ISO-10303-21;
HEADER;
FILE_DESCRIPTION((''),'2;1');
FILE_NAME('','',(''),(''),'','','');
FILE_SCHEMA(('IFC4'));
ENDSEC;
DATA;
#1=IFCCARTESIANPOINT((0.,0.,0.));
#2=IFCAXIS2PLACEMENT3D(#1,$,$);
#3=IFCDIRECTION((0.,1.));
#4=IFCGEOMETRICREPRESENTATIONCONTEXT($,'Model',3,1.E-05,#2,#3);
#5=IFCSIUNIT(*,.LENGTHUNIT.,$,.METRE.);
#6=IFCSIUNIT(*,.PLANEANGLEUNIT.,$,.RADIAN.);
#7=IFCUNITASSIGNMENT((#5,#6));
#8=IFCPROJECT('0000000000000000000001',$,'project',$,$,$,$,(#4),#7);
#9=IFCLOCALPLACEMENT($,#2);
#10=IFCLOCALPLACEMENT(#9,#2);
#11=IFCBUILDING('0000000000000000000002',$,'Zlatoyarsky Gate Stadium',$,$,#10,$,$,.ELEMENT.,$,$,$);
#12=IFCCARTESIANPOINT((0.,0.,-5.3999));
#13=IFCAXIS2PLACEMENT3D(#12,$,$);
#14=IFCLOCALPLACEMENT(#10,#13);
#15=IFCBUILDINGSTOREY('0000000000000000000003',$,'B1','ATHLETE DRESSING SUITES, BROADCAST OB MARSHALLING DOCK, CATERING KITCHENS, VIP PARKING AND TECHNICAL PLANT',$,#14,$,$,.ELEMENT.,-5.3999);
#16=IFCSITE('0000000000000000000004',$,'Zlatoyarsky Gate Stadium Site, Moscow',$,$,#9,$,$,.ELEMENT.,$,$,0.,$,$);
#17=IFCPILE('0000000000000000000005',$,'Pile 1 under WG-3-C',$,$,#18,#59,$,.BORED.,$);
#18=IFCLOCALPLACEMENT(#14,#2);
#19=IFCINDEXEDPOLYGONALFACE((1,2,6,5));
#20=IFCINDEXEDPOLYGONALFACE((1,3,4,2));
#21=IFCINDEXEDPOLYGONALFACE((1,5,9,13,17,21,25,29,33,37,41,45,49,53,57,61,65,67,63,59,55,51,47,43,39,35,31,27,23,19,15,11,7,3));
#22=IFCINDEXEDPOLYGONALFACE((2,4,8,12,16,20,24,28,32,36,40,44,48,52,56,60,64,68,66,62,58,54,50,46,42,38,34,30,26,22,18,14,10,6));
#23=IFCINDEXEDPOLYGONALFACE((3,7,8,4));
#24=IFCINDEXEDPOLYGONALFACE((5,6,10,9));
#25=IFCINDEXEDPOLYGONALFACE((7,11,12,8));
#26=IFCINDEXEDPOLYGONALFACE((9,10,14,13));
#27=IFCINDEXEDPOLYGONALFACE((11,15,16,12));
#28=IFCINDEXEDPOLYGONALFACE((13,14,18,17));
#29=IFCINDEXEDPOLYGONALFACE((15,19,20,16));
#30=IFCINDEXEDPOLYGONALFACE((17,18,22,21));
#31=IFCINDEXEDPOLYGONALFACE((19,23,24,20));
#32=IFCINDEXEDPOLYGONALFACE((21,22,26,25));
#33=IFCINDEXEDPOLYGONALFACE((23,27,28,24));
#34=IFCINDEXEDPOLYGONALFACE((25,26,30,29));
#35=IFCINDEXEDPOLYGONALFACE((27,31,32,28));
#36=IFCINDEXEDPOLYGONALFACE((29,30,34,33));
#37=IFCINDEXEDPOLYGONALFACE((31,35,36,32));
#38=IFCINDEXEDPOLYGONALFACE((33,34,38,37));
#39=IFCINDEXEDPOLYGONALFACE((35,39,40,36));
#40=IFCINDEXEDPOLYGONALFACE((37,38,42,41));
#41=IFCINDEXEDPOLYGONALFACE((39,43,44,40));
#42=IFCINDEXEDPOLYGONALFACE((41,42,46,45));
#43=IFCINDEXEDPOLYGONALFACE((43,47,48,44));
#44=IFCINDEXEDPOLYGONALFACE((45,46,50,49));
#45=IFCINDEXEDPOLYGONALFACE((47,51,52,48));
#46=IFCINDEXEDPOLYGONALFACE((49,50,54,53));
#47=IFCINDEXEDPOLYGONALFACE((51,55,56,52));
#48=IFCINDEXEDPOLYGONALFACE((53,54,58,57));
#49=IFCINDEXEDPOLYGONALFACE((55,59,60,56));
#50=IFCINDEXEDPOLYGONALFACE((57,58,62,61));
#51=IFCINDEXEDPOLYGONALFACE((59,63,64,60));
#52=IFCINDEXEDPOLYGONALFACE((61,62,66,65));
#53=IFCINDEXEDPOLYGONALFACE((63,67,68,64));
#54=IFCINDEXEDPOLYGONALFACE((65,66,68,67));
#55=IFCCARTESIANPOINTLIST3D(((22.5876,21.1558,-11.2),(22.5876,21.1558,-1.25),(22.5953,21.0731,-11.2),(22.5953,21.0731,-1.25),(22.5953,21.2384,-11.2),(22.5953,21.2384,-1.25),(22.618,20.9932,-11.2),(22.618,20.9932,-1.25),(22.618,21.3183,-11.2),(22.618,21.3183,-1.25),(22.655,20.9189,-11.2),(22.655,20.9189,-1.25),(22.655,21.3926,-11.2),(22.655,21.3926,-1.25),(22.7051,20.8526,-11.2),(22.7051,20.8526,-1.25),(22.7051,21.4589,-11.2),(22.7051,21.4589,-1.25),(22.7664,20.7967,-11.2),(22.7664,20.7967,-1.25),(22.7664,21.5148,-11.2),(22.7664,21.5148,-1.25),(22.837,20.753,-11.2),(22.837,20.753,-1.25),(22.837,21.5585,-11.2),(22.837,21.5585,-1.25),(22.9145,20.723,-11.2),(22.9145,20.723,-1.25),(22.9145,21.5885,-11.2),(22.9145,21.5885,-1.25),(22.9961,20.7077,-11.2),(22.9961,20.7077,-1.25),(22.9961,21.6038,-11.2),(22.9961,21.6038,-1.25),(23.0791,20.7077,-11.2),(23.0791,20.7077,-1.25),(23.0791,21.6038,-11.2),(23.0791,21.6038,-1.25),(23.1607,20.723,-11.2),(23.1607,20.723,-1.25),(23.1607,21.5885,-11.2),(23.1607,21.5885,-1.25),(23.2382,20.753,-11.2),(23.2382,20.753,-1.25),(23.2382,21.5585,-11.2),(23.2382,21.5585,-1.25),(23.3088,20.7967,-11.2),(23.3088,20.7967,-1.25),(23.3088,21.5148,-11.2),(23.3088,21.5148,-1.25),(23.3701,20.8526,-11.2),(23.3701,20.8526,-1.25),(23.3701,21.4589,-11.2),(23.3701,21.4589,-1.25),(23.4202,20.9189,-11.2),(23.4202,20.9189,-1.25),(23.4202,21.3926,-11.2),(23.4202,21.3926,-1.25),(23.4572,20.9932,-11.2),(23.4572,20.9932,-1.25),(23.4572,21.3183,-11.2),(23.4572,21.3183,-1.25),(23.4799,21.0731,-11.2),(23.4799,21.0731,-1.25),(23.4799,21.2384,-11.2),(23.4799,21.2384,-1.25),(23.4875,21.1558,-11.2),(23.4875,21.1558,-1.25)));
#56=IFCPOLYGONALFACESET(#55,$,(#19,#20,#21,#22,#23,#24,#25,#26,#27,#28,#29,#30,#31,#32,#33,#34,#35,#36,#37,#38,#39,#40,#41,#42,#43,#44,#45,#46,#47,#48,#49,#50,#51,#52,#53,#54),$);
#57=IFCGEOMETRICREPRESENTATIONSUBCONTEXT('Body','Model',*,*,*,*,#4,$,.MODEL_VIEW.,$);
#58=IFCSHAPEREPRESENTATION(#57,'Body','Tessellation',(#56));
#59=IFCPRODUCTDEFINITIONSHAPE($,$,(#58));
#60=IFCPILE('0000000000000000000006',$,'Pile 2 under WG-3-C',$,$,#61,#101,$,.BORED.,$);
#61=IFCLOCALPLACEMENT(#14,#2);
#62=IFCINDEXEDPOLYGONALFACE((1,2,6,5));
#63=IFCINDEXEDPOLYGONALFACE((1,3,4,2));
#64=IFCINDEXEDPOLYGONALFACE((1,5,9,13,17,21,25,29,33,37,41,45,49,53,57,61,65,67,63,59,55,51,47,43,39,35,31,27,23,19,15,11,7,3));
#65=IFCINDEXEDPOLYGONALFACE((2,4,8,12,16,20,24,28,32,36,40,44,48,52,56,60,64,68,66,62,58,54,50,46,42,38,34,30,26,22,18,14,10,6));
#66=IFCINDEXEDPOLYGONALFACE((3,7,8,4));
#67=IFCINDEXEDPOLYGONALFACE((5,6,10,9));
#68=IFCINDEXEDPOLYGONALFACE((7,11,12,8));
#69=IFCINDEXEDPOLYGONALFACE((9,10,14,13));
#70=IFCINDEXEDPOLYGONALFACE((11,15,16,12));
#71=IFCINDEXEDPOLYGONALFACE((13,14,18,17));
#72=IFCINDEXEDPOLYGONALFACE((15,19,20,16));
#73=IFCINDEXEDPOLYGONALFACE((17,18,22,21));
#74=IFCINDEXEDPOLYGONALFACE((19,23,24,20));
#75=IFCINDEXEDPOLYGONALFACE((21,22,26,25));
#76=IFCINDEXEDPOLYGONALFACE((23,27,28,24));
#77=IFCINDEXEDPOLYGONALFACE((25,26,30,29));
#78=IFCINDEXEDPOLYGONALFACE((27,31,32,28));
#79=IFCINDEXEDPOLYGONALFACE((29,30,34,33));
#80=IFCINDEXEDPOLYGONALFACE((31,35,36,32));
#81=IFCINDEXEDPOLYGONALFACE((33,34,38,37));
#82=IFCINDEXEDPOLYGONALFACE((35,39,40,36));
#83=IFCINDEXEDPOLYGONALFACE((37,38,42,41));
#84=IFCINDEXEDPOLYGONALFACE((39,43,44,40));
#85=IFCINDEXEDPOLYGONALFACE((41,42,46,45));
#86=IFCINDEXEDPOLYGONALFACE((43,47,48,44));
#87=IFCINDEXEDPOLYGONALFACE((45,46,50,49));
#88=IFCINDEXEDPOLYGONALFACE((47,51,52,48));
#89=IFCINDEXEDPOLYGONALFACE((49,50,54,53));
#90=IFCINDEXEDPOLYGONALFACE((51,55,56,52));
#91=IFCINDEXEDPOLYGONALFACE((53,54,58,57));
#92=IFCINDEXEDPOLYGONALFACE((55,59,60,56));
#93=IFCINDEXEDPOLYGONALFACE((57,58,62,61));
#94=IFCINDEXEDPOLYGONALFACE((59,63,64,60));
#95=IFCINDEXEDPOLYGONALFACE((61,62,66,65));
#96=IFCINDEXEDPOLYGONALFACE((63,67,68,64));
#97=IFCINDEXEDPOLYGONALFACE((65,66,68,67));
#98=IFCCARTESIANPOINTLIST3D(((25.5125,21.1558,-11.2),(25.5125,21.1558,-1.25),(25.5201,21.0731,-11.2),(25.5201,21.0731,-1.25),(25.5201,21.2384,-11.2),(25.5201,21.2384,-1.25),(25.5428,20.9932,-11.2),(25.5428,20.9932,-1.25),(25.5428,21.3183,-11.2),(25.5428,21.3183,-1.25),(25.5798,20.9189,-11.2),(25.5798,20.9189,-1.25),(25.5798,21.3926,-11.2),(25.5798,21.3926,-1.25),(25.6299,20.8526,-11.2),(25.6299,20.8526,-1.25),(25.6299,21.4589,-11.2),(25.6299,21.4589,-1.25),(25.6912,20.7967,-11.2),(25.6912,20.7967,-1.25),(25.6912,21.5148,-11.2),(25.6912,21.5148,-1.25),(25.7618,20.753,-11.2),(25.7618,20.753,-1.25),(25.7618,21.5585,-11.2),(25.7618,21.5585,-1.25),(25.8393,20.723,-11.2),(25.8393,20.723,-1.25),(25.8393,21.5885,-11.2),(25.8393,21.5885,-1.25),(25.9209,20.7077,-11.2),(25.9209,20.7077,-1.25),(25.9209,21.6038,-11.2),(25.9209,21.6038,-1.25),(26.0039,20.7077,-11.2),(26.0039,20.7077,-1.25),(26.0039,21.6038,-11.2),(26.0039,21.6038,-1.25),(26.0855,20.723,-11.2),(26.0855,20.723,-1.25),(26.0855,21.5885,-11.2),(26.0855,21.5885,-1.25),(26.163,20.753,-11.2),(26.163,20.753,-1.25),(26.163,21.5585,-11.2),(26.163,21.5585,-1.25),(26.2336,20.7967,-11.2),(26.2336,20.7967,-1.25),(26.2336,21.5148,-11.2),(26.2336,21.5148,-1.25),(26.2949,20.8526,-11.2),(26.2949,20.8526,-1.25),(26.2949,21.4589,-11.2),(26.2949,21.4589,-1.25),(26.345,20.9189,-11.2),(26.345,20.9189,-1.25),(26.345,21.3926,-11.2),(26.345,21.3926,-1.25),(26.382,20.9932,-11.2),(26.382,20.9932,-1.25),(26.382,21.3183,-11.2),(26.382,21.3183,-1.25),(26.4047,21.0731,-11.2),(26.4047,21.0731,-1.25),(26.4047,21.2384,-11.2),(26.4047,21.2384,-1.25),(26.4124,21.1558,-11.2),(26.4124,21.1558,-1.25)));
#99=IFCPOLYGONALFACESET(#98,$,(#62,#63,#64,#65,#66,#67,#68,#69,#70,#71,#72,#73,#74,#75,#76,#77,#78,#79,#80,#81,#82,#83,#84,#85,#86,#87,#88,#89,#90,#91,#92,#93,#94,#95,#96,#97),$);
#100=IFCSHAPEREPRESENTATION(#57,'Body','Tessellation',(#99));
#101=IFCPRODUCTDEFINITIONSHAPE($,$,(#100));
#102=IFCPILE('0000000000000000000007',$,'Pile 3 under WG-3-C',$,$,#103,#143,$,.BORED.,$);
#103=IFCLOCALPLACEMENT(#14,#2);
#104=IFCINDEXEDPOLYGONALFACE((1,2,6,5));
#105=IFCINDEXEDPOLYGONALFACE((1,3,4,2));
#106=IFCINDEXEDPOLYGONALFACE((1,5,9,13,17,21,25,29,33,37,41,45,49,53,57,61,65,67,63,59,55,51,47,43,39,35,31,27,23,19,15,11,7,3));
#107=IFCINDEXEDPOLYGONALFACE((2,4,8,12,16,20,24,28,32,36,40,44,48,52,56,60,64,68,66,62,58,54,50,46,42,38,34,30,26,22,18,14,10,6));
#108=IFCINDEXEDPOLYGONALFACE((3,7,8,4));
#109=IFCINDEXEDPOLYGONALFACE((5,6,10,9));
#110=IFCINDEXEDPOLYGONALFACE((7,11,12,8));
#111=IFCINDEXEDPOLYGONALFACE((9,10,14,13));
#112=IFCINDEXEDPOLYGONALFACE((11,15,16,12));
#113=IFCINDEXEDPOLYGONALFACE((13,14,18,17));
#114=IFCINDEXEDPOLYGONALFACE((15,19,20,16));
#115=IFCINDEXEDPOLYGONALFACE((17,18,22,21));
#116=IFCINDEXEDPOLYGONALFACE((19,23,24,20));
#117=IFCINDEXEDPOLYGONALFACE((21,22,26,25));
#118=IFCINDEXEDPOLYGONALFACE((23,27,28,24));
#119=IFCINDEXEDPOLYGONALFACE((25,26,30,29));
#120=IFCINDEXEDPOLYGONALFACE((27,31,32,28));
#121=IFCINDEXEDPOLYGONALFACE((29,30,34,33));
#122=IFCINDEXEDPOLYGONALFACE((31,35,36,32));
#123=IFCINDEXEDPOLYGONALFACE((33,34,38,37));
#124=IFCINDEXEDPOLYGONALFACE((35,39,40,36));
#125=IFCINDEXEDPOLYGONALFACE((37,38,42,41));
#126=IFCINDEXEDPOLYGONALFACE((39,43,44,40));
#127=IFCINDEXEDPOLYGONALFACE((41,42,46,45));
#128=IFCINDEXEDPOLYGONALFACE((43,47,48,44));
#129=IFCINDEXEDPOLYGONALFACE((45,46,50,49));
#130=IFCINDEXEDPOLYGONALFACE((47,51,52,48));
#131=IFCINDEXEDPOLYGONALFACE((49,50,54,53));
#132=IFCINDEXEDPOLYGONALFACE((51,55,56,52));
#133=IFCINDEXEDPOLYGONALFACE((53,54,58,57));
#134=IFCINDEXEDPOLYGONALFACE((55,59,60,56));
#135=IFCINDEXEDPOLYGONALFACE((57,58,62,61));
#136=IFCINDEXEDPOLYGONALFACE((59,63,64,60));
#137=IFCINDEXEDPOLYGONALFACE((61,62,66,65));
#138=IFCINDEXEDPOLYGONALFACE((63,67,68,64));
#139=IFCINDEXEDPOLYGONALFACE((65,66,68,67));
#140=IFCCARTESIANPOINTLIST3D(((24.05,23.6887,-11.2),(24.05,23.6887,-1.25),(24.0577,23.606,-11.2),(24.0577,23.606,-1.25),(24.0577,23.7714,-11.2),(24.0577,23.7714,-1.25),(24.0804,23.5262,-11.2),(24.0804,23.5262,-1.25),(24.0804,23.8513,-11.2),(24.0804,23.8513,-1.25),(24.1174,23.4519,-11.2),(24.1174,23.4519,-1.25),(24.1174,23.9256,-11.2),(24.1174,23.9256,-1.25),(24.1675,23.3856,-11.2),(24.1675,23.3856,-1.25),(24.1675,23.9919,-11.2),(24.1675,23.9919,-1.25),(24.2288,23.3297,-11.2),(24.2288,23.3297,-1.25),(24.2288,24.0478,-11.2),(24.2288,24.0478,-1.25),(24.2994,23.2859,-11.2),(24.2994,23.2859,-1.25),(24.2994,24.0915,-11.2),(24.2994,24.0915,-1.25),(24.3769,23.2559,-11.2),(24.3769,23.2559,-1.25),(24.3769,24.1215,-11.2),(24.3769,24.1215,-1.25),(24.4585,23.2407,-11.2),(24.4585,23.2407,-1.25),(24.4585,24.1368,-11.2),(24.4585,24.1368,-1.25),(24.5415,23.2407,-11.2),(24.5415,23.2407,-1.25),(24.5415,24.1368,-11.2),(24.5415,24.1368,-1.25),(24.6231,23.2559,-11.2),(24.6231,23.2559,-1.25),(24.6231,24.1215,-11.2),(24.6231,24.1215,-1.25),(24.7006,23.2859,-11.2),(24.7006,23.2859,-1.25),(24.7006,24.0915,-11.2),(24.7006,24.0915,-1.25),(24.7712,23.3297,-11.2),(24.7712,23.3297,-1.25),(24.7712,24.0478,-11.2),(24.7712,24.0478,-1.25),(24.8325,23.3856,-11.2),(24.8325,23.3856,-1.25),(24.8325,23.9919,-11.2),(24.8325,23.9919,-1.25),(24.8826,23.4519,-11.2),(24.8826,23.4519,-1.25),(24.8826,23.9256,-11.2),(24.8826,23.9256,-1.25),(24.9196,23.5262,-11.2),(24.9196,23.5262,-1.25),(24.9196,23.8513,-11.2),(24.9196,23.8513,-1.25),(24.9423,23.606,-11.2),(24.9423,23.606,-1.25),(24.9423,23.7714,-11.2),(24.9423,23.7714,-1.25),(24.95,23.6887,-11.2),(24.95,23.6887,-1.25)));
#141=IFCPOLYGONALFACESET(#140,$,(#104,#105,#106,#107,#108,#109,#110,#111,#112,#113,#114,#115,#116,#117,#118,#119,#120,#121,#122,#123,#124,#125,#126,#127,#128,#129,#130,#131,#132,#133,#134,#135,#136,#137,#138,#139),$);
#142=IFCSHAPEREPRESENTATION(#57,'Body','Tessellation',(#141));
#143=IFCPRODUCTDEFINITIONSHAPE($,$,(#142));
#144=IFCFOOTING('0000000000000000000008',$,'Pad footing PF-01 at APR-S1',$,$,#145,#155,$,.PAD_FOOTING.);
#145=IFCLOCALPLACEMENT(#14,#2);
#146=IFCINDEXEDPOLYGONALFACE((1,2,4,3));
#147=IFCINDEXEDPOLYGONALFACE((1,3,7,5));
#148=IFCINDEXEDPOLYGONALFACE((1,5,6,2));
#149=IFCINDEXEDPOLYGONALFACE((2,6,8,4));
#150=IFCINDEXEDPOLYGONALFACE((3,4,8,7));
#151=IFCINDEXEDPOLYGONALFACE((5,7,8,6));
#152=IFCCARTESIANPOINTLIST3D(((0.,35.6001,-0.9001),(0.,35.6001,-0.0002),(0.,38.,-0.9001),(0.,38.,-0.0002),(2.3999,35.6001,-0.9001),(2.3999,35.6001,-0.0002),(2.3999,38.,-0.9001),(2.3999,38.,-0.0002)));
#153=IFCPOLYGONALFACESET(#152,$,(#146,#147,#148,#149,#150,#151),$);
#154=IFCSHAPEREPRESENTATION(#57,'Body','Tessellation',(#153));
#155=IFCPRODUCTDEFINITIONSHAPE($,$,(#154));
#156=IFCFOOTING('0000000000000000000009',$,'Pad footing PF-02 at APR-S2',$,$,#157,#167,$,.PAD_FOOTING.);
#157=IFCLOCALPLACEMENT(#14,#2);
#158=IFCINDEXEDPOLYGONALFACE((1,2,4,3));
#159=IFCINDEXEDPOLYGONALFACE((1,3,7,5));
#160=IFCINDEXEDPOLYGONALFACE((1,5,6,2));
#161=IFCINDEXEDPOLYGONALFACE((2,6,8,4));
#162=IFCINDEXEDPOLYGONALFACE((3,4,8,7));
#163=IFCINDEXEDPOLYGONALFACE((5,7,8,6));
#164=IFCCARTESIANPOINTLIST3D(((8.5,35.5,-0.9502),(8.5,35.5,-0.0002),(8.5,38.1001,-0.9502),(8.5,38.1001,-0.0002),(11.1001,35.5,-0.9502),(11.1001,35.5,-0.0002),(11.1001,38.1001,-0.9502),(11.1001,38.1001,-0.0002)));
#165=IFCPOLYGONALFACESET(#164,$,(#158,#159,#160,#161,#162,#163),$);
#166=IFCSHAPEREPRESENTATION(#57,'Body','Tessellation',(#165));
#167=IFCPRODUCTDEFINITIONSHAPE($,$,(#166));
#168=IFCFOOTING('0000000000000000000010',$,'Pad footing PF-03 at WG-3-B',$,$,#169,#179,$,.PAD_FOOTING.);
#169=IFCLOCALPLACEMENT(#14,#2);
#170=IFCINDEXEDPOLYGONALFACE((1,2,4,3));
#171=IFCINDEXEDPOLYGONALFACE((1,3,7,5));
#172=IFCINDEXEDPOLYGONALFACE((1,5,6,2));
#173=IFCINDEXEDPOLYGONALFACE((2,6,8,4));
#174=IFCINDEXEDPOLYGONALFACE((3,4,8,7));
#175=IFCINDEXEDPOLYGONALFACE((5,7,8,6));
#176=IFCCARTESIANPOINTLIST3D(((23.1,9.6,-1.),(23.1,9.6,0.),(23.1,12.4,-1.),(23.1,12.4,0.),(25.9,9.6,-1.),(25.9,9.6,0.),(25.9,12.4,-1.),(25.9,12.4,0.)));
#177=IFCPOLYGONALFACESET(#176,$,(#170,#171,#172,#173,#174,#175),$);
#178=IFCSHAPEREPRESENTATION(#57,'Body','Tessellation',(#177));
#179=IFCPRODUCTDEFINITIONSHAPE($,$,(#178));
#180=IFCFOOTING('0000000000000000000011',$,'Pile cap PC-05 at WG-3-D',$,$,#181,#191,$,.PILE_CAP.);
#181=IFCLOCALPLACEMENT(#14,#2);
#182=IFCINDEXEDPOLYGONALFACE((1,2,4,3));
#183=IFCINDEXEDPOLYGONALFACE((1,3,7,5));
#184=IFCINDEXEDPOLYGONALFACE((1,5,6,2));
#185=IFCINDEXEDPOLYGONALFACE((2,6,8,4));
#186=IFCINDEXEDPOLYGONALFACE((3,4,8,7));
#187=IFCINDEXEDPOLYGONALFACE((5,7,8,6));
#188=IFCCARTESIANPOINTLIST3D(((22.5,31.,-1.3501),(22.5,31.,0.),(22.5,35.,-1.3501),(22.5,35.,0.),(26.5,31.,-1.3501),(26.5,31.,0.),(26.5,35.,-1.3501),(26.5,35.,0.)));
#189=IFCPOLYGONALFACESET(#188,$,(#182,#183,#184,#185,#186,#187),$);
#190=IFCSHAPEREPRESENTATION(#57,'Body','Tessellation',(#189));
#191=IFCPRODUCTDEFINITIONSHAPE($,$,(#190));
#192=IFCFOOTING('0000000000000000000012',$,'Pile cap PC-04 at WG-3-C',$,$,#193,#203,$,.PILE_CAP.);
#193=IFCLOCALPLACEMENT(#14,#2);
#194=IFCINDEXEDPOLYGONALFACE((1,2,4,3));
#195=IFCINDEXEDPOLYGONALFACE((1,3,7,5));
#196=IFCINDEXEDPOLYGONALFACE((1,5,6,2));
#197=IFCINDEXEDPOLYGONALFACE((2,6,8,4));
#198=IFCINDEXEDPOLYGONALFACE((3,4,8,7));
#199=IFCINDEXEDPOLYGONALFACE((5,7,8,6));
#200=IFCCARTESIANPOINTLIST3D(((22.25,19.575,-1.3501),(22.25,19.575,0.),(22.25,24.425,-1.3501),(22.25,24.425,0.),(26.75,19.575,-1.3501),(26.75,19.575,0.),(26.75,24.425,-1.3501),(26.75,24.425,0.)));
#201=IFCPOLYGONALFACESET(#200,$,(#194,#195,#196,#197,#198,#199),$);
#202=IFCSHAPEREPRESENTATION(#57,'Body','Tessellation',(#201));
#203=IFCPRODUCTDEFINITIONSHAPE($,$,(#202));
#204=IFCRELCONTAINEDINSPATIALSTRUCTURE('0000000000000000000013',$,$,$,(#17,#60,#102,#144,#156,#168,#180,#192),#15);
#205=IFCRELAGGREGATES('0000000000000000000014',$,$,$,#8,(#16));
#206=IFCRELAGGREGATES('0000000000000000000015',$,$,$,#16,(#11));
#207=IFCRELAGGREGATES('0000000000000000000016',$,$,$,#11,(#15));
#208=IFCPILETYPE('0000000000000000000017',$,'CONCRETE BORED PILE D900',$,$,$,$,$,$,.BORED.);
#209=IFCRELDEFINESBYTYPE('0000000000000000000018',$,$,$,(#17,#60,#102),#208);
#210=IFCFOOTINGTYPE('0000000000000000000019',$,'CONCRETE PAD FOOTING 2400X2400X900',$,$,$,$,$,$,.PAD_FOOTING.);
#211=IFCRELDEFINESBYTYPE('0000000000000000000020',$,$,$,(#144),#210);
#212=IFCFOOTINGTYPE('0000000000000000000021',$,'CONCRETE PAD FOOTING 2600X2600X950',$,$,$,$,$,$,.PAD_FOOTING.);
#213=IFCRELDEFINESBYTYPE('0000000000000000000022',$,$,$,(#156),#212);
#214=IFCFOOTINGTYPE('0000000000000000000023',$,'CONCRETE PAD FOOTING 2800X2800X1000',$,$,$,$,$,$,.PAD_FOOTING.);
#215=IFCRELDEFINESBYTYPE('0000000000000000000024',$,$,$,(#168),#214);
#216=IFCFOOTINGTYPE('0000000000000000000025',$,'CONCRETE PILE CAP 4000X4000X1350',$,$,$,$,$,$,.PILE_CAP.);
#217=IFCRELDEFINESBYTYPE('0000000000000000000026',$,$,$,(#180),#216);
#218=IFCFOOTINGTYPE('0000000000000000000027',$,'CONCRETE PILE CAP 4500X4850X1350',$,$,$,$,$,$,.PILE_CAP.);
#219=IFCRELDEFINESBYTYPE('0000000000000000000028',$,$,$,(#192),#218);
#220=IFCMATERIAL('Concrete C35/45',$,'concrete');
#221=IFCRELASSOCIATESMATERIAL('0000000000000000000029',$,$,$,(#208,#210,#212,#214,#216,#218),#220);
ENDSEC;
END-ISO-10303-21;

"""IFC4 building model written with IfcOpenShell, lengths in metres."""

from ifc_helpers import new_model, si_unit, direction, frame, origin, origin_2d, place, context, subcontext, project, spatial, rectangle, circle, extrude, material, material_profile, profile_set, type_object, element, save


model = new_model("IFC4")

# Units and contexts
model_context = context("Model", 3, precision=1e-05, world=origin(), true_north=direction((0.0, 1.0)))
body_context = subcontext(model_context, "Body", "Model", "MODEL_VIEW")
ifc_project = project(units=[si_unit("LENGTHUNIT", "METRE"), si_unit("PLANEANGLEUNIT", "RADIAN")], contexts=[model_context])

# Site, building, storey
site_placement = place(None, origin())
site = spatial("IfcSite", under=ifc_project, at=site_placement, Name="Zlatoyarsky Gate Stadium Site, Moscow", CompositionType="ELEMENT", RefElevation=0.0)
building_placement = place(site_placement, origin())
building = spatial("IfcBuilding", under=site, at=building_placement, Name="Zlatoyarsky Gate Stadium", CompositionType="ELEMENT")
storey_placement = place(building_placement, frame((0.0, 0.0, -5.3999)))
storey = spatial("IfcBuildingStorey", under=building, at=storey_placement, Name="B1", Description="ATHLETE DRESSING SUITES, BROADCAST OB MARSHALLING DOCK, CATERING KITCHENS, VIP PARKING AND TECHNICAL PLANT", CompositionType="ELEMENT", Elevation=-5.3999)

# Piles
ifc_material_1 = material(Name="Concrete C35/45", Category="concrete")
ifc_material_profile_1 = material_profile(ifc_material_1, circle(Radius=0.45, at=origin_2d()), Name="BORED PILE D900")
ifc_profile_set_1 = profile_set([ifc_material_profile_1], Name="Concrete C35/45")
pile_type_1 = type_object("IfcPileType", Name="CONCRETE BORED PILE D900", PredefinedType="BORED", material=ifc_profile_set_1)
for number, where, z_axis, x_axis, name in (
    (1, (23.0376, 21.1558, -1.25), (0.0, 0.0, -1.0), (1.0, 0.0, 0.0), "Pile 1 under WG-3-C"),
    (2, (25.9624, 21.1558, -1.25), (0.0, 0.0, -1.0), (1.0, 0.0, 0.0), "Pile 2 under WG-3-C"),
    (3, (24.5, 23.6887, -1.25), (0.0, 0.0, -1.0), (1.0, 0.0, 0.0), "Pile 3 under WG-3-C"),
):
    element("IfcPile", number, at=place(storey_placement, frame(where, z_axis=z_axis, x_axis=x_axis)), inside=storey, type_object=pile_type_1, Name=name, PredefinedType="BORED", context=body_context, shape_type="SweptSolid", body=[
        extrude(circle(Radius=0.45, at=origin_2d()), origin(), (0.0, 0.0, 1.0), 9.95),
    ])

# Footings
footing_type_1 = type_object("IfcFootingType", Name="CONCRETE PAD FOOTING 2400X2400X900", PredefinedType="PAD_FOOTING", material=ifc_material_1)
footing_1_placement = place(storey_placement, frame((1.2, 36.8, -0.9001), z_axis=(0.0, 0.0, 1.0), x_axis=(1.0, 0.0, 0.0)))
element("IfcFooting", 4, at=footing_1_placement, inside=storey, type_object=footing_type_1, Name="Pad footing PF-01 at APR-S1", PredefinedType="PAD_FOOTING", context=body_context, shape_type="SweptSolid", body=[
    extrude(rectangle(XDim=2.3999, YDim=2.3999, at=origin_2d()), origin(), (0.0, 0.0, 1.0), 0.8999),
])
footing_type_2 = type_object("IfcFootingType", Name="CONCRETE PAD FOOTING 2600X2600X950", PredefinedType="PAD_FOOTING", material=ifc_material_1)
footing_2_placement = place(storey_placement, frame((9.8, 36.8, -0.9502), z_axis=(0.0, 0.0, 1.0), x_axis=(1.0, 0.0, 0.0)))
element("IfcFooting", 5, at=footing_2_placement, inside=storey, type_object=footing_type_2, Name="Pad footing PF-02 at APR-S2", PredefinedType="PAD_FOOTING", context=body_context, shape_type="SweptSolid", body=[
    extrude(rectangle(XDim=2.6001, YDim=2.6001, at=origin_2d()), origin(), (0.0, 0.0, 1.0), 0.95),
])
footing_type_3 = type_object("IfcFootingType", Name="CONCRETE PAD FOOTING 2800X2800X1000", PredefinedType="PAD_FOOTING", material=ifc_material_1)
footing_3_placement = place(storey_placement, frame((24.5, 11.0, -1.0), z_axis=(0.0, 0.0, 1.0), x_axis=(1.0, 0.0, 0.0)))
element("IfcFooting", 6, at=footing_3_placement, inside=storey, type_object=footing_type_3, Name="Pad footing PF-03 at WG-3-B", PredefinedType="PAD_FOOTING", context=body_context, shape_type="SweptSolid", body=[
    extrude(rectangle(XDim=2.8, YDim=2.8, at=origin_2d()), origin(), (0.0, 0.0, 1.0), 1.0),
])
footing_type_4 = type_object("IfcFootingType", Name="CONCRETE PILE CAP 4000X4000X1350", PredefinedType="PILE_CAP", material=ifc_material_1)
footing_4_placement = place(storey_placement, frame((24.5, 33.0, -1.3501), z_axis=(0.0, 0.0, 1.0), x_axis=(1.0, 0.0, 0.0)))
element("IfcFooting", 7, at=footing_4_placement, inside=storey, type_object=footing_type_4, Name="Pile cap PC-05 at WG-3-D", PredefinedType="PILE_CAP", context=body_context, shape_type="SweptSolid", body=[
    extrude(rectangle(XDim=4.0, YDim=4.0, at=origin_2d()), origin(), (0.0, 0.0, 1.0), 1.3501),
])
footing_type_5 = type_object("IfcFootingType", Name="CONCRETE PILE CAP 4500X4850X1350", PredefinedType="PILE_CAP", material=ifc_material_1)
footing_5_placement = place(storey_placement, frame((24.5, 22.0, -1.3501), z_axis=(0.0, 0.0, 1.0), x_axis=(1.0, 0.0, 0.0)))
element("IfcFooting", 8, at=footing_5_placement, inside=storey, type_object=footing_type_5, Name="Pile cap PC-04 at WG-3-C", PredefinedType="PILE_CAP", context=body_context, shape_type="SweptSolid", body=[
    extrude(rectangle(XDim=4.5, YDim=4.8501, at=origin_2d()), origin(), (0.0, 0.0, 1.0), 1.3501),
])

save(model, "model.ifc")
